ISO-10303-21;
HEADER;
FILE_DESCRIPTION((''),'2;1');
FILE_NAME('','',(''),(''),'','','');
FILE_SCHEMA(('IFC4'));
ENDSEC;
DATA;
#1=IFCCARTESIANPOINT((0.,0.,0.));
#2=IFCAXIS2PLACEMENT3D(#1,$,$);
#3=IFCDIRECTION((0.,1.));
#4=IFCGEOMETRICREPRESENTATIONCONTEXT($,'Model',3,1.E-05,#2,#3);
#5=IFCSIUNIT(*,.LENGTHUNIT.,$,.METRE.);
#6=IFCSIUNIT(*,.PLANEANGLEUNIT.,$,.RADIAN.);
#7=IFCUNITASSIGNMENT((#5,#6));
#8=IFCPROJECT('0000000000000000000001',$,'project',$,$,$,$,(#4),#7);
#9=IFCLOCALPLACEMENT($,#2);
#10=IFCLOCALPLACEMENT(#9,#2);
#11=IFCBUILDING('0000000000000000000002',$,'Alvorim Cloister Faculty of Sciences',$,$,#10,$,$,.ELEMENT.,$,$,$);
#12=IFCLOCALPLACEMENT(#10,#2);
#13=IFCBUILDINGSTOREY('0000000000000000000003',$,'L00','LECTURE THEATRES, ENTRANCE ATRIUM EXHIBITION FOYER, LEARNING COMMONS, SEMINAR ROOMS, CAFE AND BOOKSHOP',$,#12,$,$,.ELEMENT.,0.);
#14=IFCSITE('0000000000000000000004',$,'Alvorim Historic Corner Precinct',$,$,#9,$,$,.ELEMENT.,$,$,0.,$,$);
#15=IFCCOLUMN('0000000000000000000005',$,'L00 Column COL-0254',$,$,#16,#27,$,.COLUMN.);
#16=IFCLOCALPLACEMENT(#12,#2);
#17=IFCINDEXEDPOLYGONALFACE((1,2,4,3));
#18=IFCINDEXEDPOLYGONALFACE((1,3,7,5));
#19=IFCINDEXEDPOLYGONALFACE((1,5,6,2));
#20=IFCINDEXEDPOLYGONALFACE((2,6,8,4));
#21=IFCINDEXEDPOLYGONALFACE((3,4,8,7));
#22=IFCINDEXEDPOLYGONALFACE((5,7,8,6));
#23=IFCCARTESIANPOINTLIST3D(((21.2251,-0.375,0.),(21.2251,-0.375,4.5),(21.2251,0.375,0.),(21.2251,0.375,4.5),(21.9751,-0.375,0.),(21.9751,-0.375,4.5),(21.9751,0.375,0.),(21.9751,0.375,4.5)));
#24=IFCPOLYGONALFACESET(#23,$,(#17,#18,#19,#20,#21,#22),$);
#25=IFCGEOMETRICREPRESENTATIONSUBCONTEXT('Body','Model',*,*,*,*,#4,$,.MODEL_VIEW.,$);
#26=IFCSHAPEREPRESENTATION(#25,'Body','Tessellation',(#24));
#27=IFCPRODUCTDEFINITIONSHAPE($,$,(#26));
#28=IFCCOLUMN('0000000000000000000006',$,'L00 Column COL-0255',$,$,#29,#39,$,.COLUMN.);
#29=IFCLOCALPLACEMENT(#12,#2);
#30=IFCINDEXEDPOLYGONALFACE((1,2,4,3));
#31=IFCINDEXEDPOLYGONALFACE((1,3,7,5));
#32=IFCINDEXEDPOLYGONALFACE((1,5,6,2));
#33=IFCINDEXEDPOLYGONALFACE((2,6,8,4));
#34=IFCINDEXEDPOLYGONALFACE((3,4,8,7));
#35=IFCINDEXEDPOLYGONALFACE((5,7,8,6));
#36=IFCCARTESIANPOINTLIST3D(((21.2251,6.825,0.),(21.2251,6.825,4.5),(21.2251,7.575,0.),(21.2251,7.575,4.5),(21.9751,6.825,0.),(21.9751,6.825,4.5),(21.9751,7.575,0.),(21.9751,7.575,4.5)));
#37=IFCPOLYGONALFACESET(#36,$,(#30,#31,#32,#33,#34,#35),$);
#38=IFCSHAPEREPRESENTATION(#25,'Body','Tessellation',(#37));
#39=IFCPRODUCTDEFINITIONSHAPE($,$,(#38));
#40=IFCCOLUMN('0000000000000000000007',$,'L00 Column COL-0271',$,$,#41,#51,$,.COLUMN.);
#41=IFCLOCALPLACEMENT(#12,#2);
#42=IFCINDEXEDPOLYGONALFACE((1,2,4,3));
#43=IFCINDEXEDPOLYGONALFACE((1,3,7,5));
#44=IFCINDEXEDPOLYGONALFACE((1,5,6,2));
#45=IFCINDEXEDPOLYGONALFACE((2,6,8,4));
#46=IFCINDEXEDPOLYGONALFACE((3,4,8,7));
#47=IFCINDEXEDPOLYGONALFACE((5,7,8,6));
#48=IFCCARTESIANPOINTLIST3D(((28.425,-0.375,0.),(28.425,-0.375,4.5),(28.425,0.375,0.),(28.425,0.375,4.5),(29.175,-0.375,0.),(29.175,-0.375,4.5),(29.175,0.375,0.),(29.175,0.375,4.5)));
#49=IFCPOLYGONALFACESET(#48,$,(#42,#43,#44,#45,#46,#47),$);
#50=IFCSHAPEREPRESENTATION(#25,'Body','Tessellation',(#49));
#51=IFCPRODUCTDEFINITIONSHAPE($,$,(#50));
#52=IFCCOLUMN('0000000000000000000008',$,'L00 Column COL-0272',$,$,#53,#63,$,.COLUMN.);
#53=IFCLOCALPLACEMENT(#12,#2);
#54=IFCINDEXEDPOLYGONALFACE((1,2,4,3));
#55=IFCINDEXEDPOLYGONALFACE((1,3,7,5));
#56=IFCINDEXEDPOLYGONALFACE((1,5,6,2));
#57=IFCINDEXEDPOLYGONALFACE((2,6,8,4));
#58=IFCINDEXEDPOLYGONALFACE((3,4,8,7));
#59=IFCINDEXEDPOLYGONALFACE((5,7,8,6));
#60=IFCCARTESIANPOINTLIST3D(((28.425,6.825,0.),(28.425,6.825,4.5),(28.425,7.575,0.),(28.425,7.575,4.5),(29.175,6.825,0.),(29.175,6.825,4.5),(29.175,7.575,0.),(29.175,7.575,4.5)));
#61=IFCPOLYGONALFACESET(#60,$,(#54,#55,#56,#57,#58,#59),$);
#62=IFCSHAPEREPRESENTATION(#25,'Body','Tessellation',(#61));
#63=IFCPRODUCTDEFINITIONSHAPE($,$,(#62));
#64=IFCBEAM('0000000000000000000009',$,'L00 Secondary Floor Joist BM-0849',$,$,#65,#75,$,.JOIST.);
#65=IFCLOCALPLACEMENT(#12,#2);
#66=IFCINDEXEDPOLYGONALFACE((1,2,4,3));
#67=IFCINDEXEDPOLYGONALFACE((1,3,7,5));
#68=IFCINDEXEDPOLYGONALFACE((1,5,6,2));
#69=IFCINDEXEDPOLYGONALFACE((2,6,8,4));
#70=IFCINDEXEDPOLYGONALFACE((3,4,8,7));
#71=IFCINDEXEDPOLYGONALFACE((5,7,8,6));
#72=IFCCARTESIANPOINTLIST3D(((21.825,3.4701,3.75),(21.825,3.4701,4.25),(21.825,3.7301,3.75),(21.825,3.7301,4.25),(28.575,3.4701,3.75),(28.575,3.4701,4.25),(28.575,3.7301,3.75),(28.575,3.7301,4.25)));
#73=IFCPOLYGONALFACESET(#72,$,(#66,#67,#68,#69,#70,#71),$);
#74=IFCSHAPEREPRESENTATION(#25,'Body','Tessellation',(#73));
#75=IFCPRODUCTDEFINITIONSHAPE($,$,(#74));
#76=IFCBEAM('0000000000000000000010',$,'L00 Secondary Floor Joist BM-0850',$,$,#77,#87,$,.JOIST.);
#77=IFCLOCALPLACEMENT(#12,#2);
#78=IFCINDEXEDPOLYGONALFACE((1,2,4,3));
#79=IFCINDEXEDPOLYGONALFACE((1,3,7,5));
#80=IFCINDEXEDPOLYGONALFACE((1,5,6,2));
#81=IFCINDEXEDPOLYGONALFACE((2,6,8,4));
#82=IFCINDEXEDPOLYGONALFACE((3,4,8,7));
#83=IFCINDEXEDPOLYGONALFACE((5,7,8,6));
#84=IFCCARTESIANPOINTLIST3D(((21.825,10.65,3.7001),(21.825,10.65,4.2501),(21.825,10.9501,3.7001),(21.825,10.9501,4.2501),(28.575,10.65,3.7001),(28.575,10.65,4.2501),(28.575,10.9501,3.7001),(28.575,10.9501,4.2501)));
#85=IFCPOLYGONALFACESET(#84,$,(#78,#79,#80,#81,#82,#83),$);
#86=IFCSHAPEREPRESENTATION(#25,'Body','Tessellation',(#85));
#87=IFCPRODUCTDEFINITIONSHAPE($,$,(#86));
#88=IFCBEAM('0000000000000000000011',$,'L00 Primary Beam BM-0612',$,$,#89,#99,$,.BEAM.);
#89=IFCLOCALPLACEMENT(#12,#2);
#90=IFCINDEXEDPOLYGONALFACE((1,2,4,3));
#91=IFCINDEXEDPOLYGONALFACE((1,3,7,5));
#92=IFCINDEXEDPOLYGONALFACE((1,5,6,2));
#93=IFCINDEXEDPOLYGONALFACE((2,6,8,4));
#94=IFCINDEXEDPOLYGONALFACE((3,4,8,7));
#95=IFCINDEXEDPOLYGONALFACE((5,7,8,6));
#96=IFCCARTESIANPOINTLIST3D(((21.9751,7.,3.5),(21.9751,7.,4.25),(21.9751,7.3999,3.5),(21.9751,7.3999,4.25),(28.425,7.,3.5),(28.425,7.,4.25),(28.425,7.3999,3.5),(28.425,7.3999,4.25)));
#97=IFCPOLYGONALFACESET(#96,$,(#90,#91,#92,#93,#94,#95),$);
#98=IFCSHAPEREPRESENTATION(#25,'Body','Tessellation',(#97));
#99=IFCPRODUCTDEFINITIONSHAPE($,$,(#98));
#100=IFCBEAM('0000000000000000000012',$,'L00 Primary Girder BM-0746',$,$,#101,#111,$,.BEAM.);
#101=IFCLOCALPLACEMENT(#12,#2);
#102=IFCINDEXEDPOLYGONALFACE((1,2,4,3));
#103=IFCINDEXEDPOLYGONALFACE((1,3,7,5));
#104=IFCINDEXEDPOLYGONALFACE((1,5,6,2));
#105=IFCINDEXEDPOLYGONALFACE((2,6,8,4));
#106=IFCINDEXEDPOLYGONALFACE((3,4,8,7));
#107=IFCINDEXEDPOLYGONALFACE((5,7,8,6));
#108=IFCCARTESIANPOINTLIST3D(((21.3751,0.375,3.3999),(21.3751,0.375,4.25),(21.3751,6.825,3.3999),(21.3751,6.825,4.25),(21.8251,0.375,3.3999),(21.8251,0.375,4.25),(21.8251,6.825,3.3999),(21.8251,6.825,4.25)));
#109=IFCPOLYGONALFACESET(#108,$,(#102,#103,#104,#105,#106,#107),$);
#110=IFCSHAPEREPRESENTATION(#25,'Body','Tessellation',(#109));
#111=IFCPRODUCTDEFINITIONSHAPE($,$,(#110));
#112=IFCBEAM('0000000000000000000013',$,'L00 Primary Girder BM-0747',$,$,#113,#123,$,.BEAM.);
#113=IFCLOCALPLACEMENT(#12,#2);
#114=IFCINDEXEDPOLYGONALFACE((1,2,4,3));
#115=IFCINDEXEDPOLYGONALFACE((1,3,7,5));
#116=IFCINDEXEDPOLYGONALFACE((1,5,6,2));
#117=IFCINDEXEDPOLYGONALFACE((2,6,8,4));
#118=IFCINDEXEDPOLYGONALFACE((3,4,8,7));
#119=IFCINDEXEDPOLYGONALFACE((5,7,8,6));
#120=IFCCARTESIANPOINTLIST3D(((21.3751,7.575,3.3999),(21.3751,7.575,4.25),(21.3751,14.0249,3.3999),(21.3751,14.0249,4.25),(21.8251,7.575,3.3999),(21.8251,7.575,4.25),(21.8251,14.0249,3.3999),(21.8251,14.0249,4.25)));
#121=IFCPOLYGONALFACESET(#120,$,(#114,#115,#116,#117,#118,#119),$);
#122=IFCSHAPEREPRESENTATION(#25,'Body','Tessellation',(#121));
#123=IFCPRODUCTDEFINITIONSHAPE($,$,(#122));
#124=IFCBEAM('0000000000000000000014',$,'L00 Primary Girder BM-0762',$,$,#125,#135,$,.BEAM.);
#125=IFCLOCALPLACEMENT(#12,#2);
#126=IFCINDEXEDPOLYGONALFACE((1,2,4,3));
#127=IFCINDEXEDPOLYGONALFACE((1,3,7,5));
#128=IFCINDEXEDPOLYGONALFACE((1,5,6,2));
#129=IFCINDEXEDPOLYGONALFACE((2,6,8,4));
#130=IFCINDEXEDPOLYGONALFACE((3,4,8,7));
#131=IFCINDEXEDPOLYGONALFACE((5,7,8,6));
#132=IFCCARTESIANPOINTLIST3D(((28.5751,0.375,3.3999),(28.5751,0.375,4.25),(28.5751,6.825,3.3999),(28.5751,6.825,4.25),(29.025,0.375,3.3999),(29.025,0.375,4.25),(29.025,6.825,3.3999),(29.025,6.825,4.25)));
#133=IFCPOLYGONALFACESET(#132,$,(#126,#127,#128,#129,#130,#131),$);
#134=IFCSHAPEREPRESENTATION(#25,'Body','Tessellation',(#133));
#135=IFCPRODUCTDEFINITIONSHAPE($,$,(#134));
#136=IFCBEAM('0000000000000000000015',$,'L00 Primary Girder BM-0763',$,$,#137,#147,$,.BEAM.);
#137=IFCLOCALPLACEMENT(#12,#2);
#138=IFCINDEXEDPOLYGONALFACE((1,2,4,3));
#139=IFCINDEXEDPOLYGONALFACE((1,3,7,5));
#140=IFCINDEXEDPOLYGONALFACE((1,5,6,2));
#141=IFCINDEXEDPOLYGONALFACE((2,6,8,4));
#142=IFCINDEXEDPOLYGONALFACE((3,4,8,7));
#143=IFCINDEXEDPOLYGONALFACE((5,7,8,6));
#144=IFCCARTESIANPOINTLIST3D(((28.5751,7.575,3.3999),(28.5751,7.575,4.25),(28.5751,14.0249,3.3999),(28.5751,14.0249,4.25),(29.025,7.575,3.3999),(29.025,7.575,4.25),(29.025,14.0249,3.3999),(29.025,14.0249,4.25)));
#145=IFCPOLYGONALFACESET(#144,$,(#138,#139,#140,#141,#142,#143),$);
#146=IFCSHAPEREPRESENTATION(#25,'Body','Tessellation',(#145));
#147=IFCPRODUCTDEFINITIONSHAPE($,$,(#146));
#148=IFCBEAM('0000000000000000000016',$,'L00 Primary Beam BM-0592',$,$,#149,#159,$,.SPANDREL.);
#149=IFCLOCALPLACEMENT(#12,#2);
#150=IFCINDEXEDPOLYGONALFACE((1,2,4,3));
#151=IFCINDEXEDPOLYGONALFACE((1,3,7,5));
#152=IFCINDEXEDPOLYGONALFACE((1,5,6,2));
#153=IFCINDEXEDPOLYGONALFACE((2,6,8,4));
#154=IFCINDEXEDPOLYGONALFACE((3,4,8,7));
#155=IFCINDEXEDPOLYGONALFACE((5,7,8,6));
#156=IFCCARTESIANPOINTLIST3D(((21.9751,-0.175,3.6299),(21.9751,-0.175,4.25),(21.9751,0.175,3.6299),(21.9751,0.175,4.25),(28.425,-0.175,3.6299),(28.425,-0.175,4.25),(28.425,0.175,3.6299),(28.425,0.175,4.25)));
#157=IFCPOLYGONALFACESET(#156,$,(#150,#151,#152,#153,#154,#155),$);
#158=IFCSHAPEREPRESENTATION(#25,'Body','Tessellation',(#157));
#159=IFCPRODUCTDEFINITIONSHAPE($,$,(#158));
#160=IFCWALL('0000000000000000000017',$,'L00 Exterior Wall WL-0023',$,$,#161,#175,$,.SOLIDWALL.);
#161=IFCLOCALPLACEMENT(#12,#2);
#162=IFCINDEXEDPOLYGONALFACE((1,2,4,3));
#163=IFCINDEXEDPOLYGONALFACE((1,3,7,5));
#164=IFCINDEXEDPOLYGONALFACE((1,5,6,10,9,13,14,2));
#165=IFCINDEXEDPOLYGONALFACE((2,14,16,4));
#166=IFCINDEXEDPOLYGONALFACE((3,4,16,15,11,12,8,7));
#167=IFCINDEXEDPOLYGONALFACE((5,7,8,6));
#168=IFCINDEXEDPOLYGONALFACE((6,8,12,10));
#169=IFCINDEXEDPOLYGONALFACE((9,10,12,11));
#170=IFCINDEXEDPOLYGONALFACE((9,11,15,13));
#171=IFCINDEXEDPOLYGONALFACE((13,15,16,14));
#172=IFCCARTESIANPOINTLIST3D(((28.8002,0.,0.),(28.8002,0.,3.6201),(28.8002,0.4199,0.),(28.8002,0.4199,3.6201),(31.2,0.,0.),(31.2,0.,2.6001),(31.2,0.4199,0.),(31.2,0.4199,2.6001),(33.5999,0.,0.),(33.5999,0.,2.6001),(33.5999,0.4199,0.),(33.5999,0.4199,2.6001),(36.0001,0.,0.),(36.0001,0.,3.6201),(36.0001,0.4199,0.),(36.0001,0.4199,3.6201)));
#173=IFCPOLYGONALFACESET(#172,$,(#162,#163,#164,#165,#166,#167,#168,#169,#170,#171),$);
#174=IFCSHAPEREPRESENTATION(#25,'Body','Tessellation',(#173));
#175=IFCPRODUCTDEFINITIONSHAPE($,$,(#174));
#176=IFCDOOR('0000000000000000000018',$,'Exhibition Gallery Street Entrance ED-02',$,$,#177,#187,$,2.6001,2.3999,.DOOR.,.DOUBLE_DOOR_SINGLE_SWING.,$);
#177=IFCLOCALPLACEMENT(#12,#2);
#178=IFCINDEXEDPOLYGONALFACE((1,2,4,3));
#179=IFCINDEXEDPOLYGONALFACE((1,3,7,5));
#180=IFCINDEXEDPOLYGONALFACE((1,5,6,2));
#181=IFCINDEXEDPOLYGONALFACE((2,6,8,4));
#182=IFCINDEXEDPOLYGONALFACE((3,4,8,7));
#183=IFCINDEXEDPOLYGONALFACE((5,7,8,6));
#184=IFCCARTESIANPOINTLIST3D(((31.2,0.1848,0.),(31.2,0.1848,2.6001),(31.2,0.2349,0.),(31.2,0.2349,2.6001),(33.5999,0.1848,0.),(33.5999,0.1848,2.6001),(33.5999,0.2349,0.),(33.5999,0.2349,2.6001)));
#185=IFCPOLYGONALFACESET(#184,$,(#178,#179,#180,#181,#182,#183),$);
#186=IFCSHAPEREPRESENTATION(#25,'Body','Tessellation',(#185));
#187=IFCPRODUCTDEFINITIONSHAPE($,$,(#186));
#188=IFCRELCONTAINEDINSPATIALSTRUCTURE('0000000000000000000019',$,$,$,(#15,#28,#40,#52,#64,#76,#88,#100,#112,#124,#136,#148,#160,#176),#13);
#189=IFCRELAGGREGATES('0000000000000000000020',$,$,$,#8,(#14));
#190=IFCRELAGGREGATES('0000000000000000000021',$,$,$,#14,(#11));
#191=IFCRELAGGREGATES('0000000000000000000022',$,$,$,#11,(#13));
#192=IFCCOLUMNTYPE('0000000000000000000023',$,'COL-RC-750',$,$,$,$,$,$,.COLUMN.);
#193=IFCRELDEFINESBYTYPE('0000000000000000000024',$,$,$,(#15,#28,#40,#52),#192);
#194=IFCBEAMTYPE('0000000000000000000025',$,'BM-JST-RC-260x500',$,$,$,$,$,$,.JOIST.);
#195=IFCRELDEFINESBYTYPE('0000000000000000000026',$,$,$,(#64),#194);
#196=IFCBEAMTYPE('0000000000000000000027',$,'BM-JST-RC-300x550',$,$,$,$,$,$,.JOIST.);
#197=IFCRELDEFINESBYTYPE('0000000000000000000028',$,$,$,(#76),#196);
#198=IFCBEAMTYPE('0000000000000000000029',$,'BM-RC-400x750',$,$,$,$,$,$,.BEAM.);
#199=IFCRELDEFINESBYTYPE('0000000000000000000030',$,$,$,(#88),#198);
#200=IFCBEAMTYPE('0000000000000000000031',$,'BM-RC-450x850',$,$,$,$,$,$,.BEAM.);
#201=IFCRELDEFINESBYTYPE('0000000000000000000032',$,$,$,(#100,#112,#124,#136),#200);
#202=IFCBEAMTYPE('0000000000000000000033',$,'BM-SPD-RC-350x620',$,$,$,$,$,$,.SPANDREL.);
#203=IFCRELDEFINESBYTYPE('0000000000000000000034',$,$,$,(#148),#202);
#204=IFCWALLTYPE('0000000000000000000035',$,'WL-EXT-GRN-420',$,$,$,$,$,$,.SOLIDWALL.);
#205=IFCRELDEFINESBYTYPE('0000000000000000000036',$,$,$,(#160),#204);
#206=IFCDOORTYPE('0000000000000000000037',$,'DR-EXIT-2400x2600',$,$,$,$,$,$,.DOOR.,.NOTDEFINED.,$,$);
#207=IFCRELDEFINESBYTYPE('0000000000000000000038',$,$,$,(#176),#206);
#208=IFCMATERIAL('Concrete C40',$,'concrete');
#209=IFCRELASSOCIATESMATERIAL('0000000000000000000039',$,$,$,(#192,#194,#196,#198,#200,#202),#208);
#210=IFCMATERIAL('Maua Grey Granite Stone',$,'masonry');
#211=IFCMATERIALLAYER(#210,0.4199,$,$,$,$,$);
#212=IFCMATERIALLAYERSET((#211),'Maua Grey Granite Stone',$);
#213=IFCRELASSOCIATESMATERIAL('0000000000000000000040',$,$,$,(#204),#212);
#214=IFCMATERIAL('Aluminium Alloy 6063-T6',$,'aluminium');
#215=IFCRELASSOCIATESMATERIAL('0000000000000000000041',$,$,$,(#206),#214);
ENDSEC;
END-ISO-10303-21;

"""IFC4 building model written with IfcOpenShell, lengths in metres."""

from ifc_helpers import new_model, si_unit, direction, frame, frame_2d, origin, origin_2d, place, context, subcontext, project, spatial, rectangle, extrude, material, layer, layer_set, material_profile, profile_set, type_object, element, fill, save


model = new_model("IFC4")

# Units and contexts
model_context = context("Model", 3, precision=1e-05, world=origin(), true_north=direction((0.0, 1.0)))
body_context = subcontext(model_context, "Body", "Model", "MODEL_VIEW")
ifc_project = project(units=[si_unit("LENGTHUNIT", "METRE"), si_unit("PLANEANGLEUNIT", "RADIAN")], contexts=[model_context])

# Site, building, storey
site_placement = place(None, origin())
site = spatial("IfcSite", under=ifc_project, at=site_placement, Name="Alvorim Historic Corner Precinct", CompositionType="ELEMENT", RefElevation=0.0)
building_placement = place(site_placement, origin())
building = spatial("IfcBuilding", under=site, at=building_placement, Name="Alvorim Cloister Faculty of Sciences", CompositionType="ELEMENT")
storey_placement = place(building_placement, origin())
storey = spatial("IfcBuildingStorey", under=building, at=storey_placement, Name="L00", Description="LECTURE THEATRES, ENTRANCE ATRIUM EXHIBITION FOYER, LEARNING COMMONS, SEMINAR ROOMS, CAFE AND BOOKSHOP", CompositionType="ELEMENT", Elevation=0.0)

# Columns
ifc_material_1 = material(Name="Concrete C40", Category="concrete")
ifc_material_profile_1 = material_profile(ifc_material_1, rectangle(XDim=0.75, YDim=0.75, at=origin_2d()), Name="RC40-COL-750x750")
ifc_profile_set_1 = profile_set([ifc_material_profile_1], Name="Concrete C40")
column_type = type_object("IfcColumnType", Name="COL-RC-750", PredefinedType="COLUMN", material=ifc_profile_set_1)
for number, where, z_axis, x_axis, name in (
    (1, (21.6001, 0.0, 0.0), (0.0, 0.0, 1.0), (1.0, 0.0, 0.0), "L00 Column COL-0254"),
    (2, (21.6001, 7.2, 0.0), (0.0, 0.0, 1.0), (1.0, 0.0, 0.0), "L00 Column COL-0255"),
    (3, (28.8, 0.0, 0.0), (0.0, 0.0, 1.0), (1.0, 0.0, 0.0), "L00 Column COL-0271"),
    (4, (28.8, 7.2, 0.0), (0.0, 0.0, 1.0), (1.0, 0.0, 0.0), "L00 Column COL-0272"),
):
    element("IfcColumn", number, at=place(storey_placement, frame(where, z_axis=z_axis, x_axis=x_axis)), inside=storey, type_object=column_type, Name=name, PredefinedType="COLUMN", context=body_context, shape_type="SweptSolid", body=[
        extrude(rectangle(XDim=0.75, YDim=0.75, at=origin_2d()), origin(), (0.0, 0.0, 1.0), 4.5),
    ])

# Beams
ifc_material_profile_2 = material_profile(ifc_material_1, rectangle(XDim=0.26, YDim=0.5, at=origin_2d()), Name="RC40-JST-260x500")
ifc_profile_set_2 = profile_set([ifc_material_profile_2], Name="Concrete C40")
beam_type_1 = type_object("IfcBeamType", Name="BM-JST-RC-260x500", PredefinedType="JOIST", material=ifc_profile_set_2)
beam_1_placement = place(storey_placement, frame((21.825, 3.6001, 4.0), z_axis=(1.0, 0.0, 0.0), x_axis=(0.0, 1.0, 0.0)))
element("IfcBeam", 5, at=beam_1_placement, inside=storey, type_object=beam_type_1, Name="L00 Secondary Floor Joist BM-0849", PredefinedType="JOIST", context=body_context, shape_type="SweptSolid", body=[
    extrude(rectangle(XDim=0.26, YDim=0.5, at=origin_2d()), origin(), (0.0, 0.0, 1.0), 6.75),
])
ifc_material_profile_3 = material_profile(ifc_material_1, rectangle(XDim=0.3, YDim=0.55, at=origin_2d()), Name="RC40-JST-300x550")
ifc_profile_set_3 = profile_set([ifc_material_profile_3], Name="Concrete C40")
beam_type_2 = type_object("IfcBeamType", Name="BM-JST-RC-300x550", PredefinedType="JOIST", material=ifc_profile_set_3)
beam_2_placement = place(storey_placement, frame((21.825, 10.8, 3.9751), z_axis=(1.0, 0.0, 0.0), x_axis=(0.0, 1.0, 0.0)))
element("IfcBeam", 6, at=beam_2_placement, inside=storey, type_object=beam_type_2, Name="L00 Secondary Floor Joist BM-0850", PredefinedType="JOIST", context=body_context, shape_type="SweptSolid", body=[
    extrude(rectangle(XDim=0.3, YDim=0.55, at=origin_2d()), origin(), (0.0, 0.0, 1.0), 6.75),
])
ifc_material_profile_4 = material_profile(ifc_material_1, rectangle(XDim=0.3999, YDim=0.75, at=origin_2d()), Name="RC40-BM-400x750")
ifc_profile_set_4 = profile_set([ifc_material_profile_4], Name="Concrete C40")
beam_type_3 = type_object("IfcBeamType", Name="BM-RC-400x750", PredefinedType="BEAM", material=ifc_profile_set_4)
beam_3_placement = place(storey_placement, frame((21.9751, 7.2, 3.875), z_axis=(1.0, 0.0, 0.0), x_axis=(0.0, 1.0, 0.0)))
element("IfcBeam", 7, at=beam_3_placement, inside=storey, type_object=beam_type_3, Name="L00 Primary Beam BM-0612", PredefinedType="BEAM", context=body_context, shape_type="SweptSolid", body=[
    extrude(rectangle(XDim=0.3999, YDim=0.75, at=origin_2d()), origin(), (0.0, 0.0, 1.0), 6.45),
])
ifc_material_profile_5 = material_profile(ifc_material_1, rectangle(XDim=0.45, YDim=0.8501, at=origin_2d()), Name="RC40-BM-450x850")
ifc_profile_set_5 = profile_set([ifc_material_profile_5], Name="Concrete C40")
beam_type_4 = type_object("IfcBeamType", Name="BM-RC-450x850", PredefinedType="BEAM", material=ifc_profile_set_5)
for number, where, z_axis, x_axis, name in (
    (8, (21.6001, 0.375, 3.825), (0.0, 1.0, 0.0), (-1.0, 0.0, 0.0), "L00 Primary Girder BM-0746"),
    (9, (21.6001, 7.575, 3.825), (0.0, 1.0, 0.0), (-1.0, 0.0, 0.0), "L00 Primary Girder BM-0747"),
    (10, (28.8, 0.375, 3.825), (0.0, 1.0, 0.0), (-1.0, 0.0, 0.0), "L00 Primary Girder BM-0762"),
    (11, (28.8, 7.575, 3.825), (0.0, 1.0, 0.0), (-1.0, 0.0, 0.0), "L00 Primary Girder BM-0763"),
):
    element("IfcBeam", number, at=place(storey_placement, frame(where, z_axis=z_axis, x_axis=x_axis)), inside=storey, type_object=beam_type_4, Name=name, PredefinedType="BEAM", context=body_context, shape_type="SweptSolid", body=[
        extrude(rectangle(XDim=0.45, YDim=0.8501, at=origin_2d()), origin(), (0.0, 0.0, 1.0), 6.45),
    ])
ifc_material_profile_6 = material_profile(ifc_material_1, rectangle(XDim=0.3501, YDim=0.6201, at=origin_2d()), Name="RC40-SPD-350x620")
ifc_profile_set_6 = profile_set([ifc_material_profile_6], Name="Concrete C40")
beam_type_5 = type_object("IfcBeamType", Name="BM-SPD-RC-350x620", PredefinedType="SPANDREL", material=ifc_profile_set_6)
beam_4_placement = place(storey_placement, frame((21.9751, 0.0, 3.9399), z_axis=(1.0, 0.0, 0.0), x_axis=(0.0, 1.0, 0.0)))
element("IfcBeam", 12, at=beam_4_placement, inside=storey, type_object=beam_type_5, Name="L00 Primary Beam BM-0592", PredefinedType="SPANDREL", context=body_context, shape_type="SweptSolid", body=[
    extrude(rectangle(XDim=0.3501, YDim=0.6201, at=origin_2d()), origin(), (0.0, 0.0, 1.0), 6.45),
])

# Wall, opening, door
ifc_material_2 = material(Name="Maua Grey Granite Stone", Category="masonry")
ifc_layer_1 = layer(ifc_material_2, 0.4199)
ifc_layer_set_1 = layer_set([ifc_layer_1], Name="Maua Grey Granite Stone")
wall_type_1 = type_object("IfcWallType", Name="WL-EXT-GRN-420", PredefinedType="SOLIDWALL", material=ifc_layer_set_1)
wall_1_placement = place(storey_placement, frame((28.8, 0.21, 0.0), z_axis=(0.0, 0.0, 1.0), x_axis=(1.0, 0.0, 0.0)))
wall_1 = element("IfcWall", 13, at=wall_1_placement, inside=storey, type_object=wall_type_1, Name="L00 Exterior Wall WL-0023", PredefinedType="SOLIDWALL", context=body_context, shape_type="SweptSolid", body=[
    extrude(rectangle(XDim=7.2, YDim=0.4199, at=frame_2d((3.6001, 0.0))), origin(), (0.0, 0.0, 1.0), 3.6201),
])
opening_1_placement = place(wall_1_placement, frame((2.3999, 0.0, 0.0)))
opening_1 = element("IfcOpeningElement", 14, at=opening_1_placement, cuts=wall_1, PredefinedType="OPENING", context=body_context, shape_type="SweptSolid", body=[
    extrude(rectangle(XDim=2.3999, YDim=2.6001, at=frame_2d((1.2, 1.3))), frame((0.0, 0.2219, 0.0), z_axis=(0.0, -1.0, 0.0), x_axis=(1.0, 0.0, 0.0)), (0.0, 0.0, 1.0), 0.4438),
])
ifc_material_3 = material(Name="Aluminium Alloy 6063-T6", Category="aluminium")
door_type_1 = type_object("IfcDoorType", Name="DR-EXIT-2400x2600", OperationType="NOTDEFINED", PredefinedType="DOOR", material=ifc_material_3)
door_1_placement = place(opening_1_placement, origin())
door_1 = element("IfcDoor", 15, at=door_1_placement, inside=storey, type_object=door_type_1, Name="Exhibition Gallery Street Entrance ED-02", OperationType="DOUBLE_DOOR_SINGLE_SWING", OverallHeight=2.6001, OverallWidth=2.3999, PredefinedType="DOOR", context=body_context, shape_type="SweptSolid", body=[
    extrude(rectangle(XDim=2.3999, YDim=2.6001, at=frame_2d((1.2, 1.3))), frame((0.0, 0.0249, 0.0), z_axis=(0.0, -1.0, 0.0), x_axis=(1.0, 0.0, 0.0)), (0.0, 0.0, 1.0), 0.05),
])
fill(opening_1, door_1)

save(model, "model.ifc")
